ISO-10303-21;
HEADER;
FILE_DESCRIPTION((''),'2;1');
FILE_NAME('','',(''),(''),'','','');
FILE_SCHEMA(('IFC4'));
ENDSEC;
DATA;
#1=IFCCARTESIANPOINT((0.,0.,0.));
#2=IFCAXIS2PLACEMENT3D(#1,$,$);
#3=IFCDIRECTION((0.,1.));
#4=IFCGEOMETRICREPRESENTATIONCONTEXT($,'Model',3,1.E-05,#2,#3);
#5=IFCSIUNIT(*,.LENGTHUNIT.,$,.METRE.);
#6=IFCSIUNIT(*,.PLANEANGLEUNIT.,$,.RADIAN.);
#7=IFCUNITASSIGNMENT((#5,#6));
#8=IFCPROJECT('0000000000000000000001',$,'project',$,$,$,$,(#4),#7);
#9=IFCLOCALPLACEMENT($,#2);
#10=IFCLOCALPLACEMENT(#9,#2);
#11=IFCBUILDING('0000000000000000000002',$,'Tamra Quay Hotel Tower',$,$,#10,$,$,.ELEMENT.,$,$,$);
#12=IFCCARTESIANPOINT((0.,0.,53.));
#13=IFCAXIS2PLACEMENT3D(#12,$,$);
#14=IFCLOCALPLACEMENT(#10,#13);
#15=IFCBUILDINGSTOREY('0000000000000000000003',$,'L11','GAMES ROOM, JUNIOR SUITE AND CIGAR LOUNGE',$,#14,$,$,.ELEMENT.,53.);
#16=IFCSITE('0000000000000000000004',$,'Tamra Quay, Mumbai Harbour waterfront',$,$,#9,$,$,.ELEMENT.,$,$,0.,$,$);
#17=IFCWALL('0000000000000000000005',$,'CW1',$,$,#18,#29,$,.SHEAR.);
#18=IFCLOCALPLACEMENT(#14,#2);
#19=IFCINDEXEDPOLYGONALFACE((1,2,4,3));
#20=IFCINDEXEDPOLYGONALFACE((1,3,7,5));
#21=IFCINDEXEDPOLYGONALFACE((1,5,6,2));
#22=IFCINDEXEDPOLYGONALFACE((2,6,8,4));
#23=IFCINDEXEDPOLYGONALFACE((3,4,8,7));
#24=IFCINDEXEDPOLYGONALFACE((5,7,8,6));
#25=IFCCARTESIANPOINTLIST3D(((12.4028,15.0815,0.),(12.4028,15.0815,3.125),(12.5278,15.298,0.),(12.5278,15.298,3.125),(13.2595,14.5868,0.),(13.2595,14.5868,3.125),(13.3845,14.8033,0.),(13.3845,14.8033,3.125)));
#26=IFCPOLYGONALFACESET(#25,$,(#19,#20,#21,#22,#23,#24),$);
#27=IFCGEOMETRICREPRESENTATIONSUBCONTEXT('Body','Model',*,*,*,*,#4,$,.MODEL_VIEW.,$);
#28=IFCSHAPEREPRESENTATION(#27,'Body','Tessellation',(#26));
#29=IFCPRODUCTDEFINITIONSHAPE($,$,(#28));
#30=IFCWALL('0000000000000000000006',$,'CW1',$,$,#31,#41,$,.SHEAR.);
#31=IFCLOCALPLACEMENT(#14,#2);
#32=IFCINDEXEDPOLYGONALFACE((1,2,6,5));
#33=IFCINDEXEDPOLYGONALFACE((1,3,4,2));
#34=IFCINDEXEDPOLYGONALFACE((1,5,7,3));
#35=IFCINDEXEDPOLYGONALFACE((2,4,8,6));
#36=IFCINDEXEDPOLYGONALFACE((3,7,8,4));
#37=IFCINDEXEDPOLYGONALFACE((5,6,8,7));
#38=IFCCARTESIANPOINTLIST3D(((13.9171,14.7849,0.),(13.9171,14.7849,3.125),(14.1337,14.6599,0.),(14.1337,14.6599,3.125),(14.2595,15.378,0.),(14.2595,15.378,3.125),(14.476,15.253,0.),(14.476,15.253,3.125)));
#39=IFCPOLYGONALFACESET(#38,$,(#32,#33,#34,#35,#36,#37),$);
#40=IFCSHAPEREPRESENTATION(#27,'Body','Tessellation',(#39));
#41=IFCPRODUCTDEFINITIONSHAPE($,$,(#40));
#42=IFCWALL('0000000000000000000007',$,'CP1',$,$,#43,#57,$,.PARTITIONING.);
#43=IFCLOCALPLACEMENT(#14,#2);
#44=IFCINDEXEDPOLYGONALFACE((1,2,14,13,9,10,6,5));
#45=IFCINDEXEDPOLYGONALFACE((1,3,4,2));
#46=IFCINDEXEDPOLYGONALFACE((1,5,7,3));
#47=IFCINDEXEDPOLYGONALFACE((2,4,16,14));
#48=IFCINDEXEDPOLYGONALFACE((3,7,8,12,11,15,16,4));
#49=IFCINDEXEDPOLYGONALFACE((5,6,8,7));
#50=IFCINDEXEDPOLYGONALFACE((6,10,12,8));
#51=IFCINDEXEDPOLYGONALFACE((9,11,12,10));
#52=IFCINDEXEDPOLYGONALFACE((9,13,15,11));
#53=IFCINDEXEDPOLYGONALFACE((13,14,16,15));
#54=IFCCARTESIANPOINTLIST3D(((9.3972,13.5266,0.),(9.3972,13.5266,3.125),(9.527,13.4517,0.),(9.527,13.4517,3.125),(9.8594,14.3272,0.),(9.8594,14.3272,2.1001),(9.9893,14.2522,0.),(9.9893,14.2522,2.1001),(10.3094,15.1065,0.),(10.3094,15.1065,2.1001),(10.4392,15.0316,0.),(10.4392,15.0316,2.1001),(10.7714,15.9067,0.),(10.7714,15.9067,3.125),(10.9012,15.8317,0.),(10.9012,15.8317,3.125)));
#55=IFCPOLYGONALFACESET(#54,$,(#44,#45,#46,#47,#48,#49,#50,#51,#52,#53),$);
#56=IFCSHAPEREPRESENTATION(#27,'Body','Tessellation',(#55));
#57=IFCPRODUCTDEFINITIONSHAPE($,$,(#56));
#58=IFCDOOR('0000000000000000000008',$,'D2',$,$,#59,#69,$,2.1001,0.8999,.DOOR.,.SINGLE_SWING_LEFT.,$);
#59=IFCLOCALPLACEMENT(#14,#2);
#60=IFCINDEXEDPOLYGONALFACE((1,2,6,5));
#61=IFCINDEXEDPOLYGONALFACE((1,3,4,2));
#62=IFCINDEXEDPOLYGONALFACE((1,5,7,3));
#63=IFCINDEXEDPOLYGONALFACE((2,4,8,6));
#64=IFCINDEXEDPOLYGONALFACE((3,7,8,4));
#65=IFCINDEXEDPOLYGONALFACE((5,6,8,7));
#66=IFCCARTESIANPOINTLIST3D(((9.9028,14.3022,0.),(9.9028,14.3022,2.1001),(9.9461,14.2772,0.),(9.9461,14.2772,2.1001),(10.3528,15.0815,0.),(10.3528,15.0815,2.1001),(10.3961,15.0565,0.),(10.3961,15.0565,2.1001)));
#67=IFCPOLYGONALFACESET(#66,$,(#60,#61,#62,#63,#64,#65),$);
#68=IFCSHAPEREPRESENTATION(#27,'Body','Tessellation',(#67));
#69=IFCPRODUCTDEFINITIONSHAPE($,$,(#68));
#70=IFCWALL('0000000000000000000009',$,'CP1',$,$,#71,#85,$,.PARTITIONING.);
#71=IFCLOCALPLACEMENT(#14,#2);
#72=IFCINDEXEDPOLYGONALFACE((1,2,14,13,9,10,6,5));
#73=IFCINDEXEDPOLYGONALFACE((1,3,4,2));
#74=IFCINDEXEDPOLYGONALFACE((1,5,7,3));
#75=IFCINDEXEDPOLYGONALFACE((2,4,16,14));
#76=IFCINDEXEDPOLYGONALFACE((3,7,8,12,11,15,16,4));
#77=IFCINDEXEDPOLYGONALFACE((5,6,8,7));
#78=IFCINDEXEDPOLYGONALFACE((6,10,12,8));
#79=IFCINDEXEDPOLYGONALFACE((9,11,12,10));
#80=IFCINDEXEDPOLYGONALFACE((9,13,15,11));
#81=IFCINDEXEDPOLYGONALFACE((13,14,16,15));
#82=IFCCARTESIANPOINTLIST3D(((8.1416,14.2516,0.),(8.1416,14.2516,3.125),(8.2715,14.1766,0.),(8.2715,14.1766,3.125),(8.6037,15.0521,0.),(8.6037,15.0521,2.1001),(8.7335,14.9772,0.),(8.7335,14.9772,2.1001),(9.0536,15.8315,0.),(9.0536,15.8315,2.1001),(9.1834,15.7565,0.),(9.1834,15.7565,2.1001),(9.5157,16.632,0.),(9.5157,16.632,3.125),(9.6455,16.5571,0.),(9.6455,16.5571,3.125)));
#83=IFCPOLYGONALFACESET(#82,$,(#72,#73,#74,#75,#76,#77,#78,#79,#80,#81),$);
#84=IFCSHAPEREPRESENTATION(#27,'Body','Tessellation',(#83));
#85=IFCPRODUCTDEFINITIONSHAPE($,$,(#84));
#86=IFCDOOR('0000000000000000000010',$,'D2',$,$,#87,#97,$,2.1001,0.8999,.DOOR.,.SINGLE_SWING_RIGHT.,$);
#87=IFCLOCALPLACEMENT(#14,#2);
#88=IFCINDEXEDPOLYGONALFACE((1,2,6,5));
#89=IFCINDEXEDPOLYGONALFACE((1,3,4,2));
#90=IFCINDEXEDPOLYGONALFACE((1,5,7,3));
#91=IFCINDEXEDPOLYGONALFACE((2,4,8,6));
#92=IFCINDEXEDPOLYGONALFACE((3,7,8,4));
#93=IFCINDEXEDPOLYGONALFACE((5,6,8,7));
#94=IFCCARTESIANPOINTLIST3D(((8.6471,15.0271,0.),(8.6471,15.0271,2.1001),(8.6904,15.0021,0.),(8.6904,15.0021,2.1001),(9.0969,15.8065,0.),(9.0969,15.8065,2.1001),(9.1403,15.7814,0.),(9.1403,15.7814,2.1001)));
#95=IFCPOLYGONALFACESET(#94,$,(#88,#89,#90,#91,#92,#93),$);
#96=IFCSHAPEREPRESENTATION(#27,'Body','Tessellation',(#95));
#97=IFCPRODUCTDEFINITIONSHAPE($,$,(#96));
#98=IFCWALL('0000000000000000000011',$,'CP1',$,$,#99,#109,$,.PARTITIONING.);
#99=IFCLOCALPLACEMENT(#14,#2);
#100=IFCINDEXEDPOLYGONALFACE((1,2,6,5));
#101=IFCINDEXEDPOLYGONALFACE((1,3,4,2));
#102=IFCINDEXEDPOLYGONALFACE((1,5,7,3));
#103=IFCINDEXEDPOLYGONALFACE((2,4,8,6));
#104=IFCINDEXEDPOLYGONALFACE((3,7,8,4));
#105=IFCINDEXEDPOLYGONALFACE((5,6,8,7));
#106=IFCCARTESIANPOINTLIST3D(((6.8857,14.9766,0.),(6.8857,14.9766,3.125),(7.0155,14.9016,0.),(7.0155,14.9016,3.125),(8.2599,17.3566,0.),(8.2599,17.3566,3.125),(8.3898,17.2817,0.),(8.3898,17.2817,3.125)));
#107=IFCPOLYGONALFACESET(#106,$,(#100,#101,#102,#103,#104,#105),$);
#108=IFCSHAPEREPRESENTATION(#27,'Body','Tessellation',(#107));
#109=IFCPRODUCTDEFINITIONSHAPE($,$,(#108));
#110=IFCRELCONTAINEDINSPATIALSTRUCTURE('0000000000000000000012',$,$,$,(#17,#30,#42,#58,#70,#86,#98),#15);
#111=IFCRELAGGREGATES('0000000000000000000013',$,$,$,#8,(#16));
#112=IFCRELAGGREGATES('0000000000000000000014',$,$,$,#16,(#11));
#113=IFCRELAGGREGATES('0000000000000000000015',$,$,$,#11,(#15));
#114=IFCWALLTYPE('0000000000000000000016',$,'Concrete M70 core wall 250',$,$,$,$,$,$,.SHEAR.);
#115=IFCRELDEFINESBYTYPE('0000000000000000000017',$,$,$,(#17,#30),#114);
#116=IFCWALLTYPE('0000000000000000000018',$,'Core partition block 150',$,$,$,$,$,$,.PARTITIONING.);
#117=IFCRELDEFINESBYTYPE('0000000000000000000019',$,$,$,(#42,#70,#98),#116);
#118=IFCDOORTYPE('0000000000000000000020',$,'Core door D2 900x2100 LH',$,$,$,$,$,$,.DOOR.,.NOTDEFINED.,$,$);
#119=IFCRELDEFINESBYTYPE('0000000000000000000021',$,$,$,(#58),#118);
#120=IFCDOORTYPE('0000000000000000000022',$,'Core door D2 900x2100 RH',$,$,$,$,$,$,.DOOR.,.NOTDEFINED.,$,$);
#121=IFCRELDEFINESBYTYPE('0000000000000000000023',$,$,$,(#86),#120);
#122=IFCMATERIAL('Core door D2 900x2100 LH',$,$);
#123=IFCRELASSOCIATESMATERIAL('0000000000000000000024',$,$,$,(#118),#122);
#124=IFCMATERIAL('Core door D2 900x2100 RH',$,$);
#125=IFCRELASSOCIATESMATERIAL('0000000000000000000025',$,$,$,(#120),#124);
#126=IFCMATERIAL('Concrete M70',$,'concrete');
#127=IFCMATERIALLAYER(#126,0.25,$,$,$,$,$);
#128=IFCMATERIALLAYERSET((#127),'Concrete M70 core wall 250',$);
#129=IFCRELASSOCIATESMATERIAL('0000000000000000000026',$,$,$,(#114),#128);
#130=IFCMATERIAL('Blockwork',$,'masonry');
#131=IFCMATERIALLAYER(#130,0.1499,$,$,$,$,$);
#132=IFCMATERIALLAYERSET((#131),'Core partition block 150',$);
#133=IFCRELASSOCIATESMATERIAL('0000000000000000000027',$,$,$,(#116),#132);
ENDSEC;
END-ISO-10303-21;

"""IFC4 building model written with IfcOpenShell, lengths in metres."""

from ifc_helpers import new_model, si_unit, direction, frame, frame_2d, origin, place, context, subcontext, project, spatial, rectangle, extrude, material, layer, layer_set, type_object, element, fill, save


model = new_model("IFC4")

# Units and contexts
model_context = context("Model", 3, precision=1e-05, world=origin(), true_north=direction((0.0, 1.0)))
body_context = subcontext(model_context, "Body", "Model", "MODEL_VIEW")
ifc_project = project(units=[si_unit("LENGTHUNIT", "METRE"), si_unit("PLANEANGLEUNIT", "RADIAN")], contexts=[model_context])

# Site, building, storey
site_placement = place(None, origin())
site = spatial("IfcSite", under=ifc_project, at=site_placement, Name="Tamra Quay, Mumbai Harbour waterfront", CompositionType="ELEMENT", RefElevation=0.0)
building_placement = place(site_placement, origin())
building = spatial("IfcBuilding", under=site, at=building_placement, Name="Tamra Quay Hotel Tower", CompositionType="ELEMENT")
storey_placement = place(building_placement, frame((0.0, 0.0, 53.0)))
storey = spatial("IfcBuildingStorey", under=building, at=storey_placement, Name="L11", Description="GAMES ROOM, JUNIOR SUITE AND CIGAR LOUNGE", CompositionType="ELEMENT", Elevation=53.0)

# Shared definitions
ifc_material_1 = material(Name="Concrete M70", Category="concrete")

# Shared definitions
ifc_material_2 = material(Name="Core door D2 900x2100 LH")
door_type_1 = type_object("IfcDoorType", Name="Core door D2 900x2100 LH", OperationType="NOTDEFINED", PredefinedType="DOOR", material=ifc_material_2)
ifc_material_3 = material(Name="Core door D2 900x2100 RH")
door_type_2 = type_object("IfcDoorType", Name="Core door D2 900x2100 RH", OperationType="NOTDEFINED", PredefinedType="DOOR", material=ifc_material_3)

# Walls
ifc_layer_1 = layer(ifc_material_1, 0.25)
ifc_layer_set_1 = layer_set([ifc_layer_1], Name="Concrete M70 core wall 250")
wall_type_1 = type_object("IfcWallType", Name="Concrete M70 core wall 250", PredefinedType="SHEAR", material=ifc_layer_set_1)
wall_1_placement = place(storey_placement, frame((13.322, 14.6951, 0.0), z_axis=(0.0, 0.0, 1.0), x_axis=(-0.866017, 0.500014, 0.0)))
element("IfcWall", 1, at=wall_1_placement, inside=storey, type_object=wall_type_1, Name="CW1", PredefinedType="SHEAR", context=body_context, shape_type="SweptSolid", body=[
    extrude(rectangle(XDim=0.9893, YDim=0.25, at=frame_2d((0.4946, 0.0))), origin(), (0.0, 0.0, 1.0), 3.125),
])
wall_2_placement = place(storey_placement, frame((14.3677, 15.3154, 0.0), z_axis=(0.0, 0.0, 1.0), x_axis=(-0.499897, -0.866085, 0.0)))
element("IfcWall", 2, at=wall_2_placement, inside=storey, type_object=wall_type_1, Name="CW1", PredefinedType="SHEAR", context=body_context, shape_type="SweptSolid", body=[
    extrude(rectangle(XDim=0.6848, YDim=0.25, at=frame_2d((0.3423, 0.0))), origin(), (0.0, 0.0, 1.0), 3.125),
])

# Walls, openings, doors
ifc_material_4 = material(Name="Blockwork", Category="masonry")
ifc_layer_2 = layer(ifc_material_4, 0.1499)
ifc_layer_set_2 = layer_set([ifc_layer_2], Name="Core partition block 150")
wall_type_2 = type_object("IfcWallType", Name="Core partition block 150", PredefinedType="PARTITIONING", material=ifc_layer_set_2)
wall_3_placement = place(storey_placement, frame((9.4622, 13.4893, 0.0), z_axis=(0.0, 0.0, 1.0), x_axis=(0.500027, 0.86601, 0.0)))
wall_3 = element("IfcWall", 3, at=wall_3_placement, inside=storey, type_object=wall_type_2, Name="CP1", PredefinedType="PARTITIONING", context=body_context, shape_type="SweptSolid", body=[
    extrude(rectangle(XDim=2.7483, YDim=0.1499, at=frame_2d((1.374, 0.0))), origin(), (0.0, 0.0, 1.0), 3.125),
])
opening_1_placement = place(wall_3_placement, frame((0.9243, 0.0, 0.0)))
opening_1 = element("IfcOpeningElement", 4, at=opening_1_placement, cuts=wall_3, PredefinedType="OPENING", context=body_context, shape_type="SweptSolid", body=[
    extrude(rectangle(XDim=0.8999, YDim=2.1001, at=frame_2d((0.45, 1.05))), frame((0.0, 0.085, 0.0), z_axis=(0.0, -1.0, 0.0), x_axis=(1.0, 0.0, 0.0)), (0.0, 0.0, 1.0), 0.1699),
])
door_1_placement = place(opening_1_placement, origin())
door_1 = element("IfcDoor", 5, at=door_1_placement, inside=storey, type_object=door_type_1, Name="D2", OperationType="SINGLE_SWING_LEFT", OverallHeight=2.1001, OverallWidth=0.8999, PredefinedType="DOOR", context=body_context, shape_type="SweptSolid", body=[
    extrude(rectangle(XDim=0.8999, YDim=2.1001, at=frame_2d((0.45, 1.05))), frame((0.0, 0.0249, 0.0), z_axis=(0.0, -1.0, 0.0), x_axis=(1.0, 0.0, 0.0)), (0.0, 0.0, 1.0), 0.05),
])
fill(opening_1, door_1)
wall_4_placement = place(storey_placement, frame((8.2065, 14.2141, 0.0), z_axis=(0.0, 0.0, 1.0), x_axis=(0.499922, 0.86607, 0.0)))
wall_4 = element("IfcWall", 6, at=wall_4_placement, inside=storey, type_object=wall_type_2, Name="CP1", PredefinedType="PARTITIONING", context=body_context, shape_type="SweptSolid", body=[
    extrude(rectangle(XDim=2.7485, YDim=0.1499, at=frame_2d((1.3743, 0.0))), origin(), (0.0, 0.0, 1.0), 3.125),
])
opening_2_placement = place(wall_4_placement, frame((0.9243, 0.0, 0.0)))
opening_2 = element("IfcOpeningElement", 7, at=opening_2_placement, cuts=wall_4, PredefinedType="OPENING", context=body_context, shape_type="SweptSolid", body=[
    extrude(rectangle(XDim=0.8999, YDim=2.1001, at=frame_2d((0.45, 1.05))), frame((0.0, 0.085, 0.0), z_axis=(0.0, -1.0, 0.0), x_axis=(1.0, 0.0, 0.0)), (0.0, 0.0, 1.0), 0.1699),
])
door_2_placement = place(opening_2_placement, origin())
door_2 = element("IfcDoor", 8, at=door_2_placement, inside=storey, type_object=door_type_2, Name="D2", OperationType="SINGLE_SWING_RIGHT", OverallHeight=2.1001, OverallWidth=0.8999, PredefinedType="DOOR", context=body_context, shape_type="SweptSolid", body=[
    extrude(rectangle(XDim=0.8999, YDim=2.1001, at=frame_2d((0.45, 1.05))), frame((0.0, 0.0249, 0.0), z_axis=(0.0, -1.0, 0.0), x_axis=(1.0, 0.0, 0.0)), (0.0, 0.0, 1.0), 0.05),
])
fill(opening_2, door_2)

# Wall
wall_5_placement = place(storey_placement, frame((6.9507, 14.9392, 0.0), z_axis=(0.0, 0.0, 1.0), x_axis=(0.500027, 0.86601, 0.0)))
element("IfcWall", 9, at=wall_5_placement, inside=storey, type_object=wall_type_2, Name="CP1", PredefinedType="PARTITIONING", context=body_context, shape_type="SweptSolid", body=[
    extrude(rectangle(XDim=2.7483, YDim=0.1499, at=frame_2d((1.374, 0.0))), origin(), (0.0, 0.0, 1.0), 3.125),
])

save(model, "model.ifc")
